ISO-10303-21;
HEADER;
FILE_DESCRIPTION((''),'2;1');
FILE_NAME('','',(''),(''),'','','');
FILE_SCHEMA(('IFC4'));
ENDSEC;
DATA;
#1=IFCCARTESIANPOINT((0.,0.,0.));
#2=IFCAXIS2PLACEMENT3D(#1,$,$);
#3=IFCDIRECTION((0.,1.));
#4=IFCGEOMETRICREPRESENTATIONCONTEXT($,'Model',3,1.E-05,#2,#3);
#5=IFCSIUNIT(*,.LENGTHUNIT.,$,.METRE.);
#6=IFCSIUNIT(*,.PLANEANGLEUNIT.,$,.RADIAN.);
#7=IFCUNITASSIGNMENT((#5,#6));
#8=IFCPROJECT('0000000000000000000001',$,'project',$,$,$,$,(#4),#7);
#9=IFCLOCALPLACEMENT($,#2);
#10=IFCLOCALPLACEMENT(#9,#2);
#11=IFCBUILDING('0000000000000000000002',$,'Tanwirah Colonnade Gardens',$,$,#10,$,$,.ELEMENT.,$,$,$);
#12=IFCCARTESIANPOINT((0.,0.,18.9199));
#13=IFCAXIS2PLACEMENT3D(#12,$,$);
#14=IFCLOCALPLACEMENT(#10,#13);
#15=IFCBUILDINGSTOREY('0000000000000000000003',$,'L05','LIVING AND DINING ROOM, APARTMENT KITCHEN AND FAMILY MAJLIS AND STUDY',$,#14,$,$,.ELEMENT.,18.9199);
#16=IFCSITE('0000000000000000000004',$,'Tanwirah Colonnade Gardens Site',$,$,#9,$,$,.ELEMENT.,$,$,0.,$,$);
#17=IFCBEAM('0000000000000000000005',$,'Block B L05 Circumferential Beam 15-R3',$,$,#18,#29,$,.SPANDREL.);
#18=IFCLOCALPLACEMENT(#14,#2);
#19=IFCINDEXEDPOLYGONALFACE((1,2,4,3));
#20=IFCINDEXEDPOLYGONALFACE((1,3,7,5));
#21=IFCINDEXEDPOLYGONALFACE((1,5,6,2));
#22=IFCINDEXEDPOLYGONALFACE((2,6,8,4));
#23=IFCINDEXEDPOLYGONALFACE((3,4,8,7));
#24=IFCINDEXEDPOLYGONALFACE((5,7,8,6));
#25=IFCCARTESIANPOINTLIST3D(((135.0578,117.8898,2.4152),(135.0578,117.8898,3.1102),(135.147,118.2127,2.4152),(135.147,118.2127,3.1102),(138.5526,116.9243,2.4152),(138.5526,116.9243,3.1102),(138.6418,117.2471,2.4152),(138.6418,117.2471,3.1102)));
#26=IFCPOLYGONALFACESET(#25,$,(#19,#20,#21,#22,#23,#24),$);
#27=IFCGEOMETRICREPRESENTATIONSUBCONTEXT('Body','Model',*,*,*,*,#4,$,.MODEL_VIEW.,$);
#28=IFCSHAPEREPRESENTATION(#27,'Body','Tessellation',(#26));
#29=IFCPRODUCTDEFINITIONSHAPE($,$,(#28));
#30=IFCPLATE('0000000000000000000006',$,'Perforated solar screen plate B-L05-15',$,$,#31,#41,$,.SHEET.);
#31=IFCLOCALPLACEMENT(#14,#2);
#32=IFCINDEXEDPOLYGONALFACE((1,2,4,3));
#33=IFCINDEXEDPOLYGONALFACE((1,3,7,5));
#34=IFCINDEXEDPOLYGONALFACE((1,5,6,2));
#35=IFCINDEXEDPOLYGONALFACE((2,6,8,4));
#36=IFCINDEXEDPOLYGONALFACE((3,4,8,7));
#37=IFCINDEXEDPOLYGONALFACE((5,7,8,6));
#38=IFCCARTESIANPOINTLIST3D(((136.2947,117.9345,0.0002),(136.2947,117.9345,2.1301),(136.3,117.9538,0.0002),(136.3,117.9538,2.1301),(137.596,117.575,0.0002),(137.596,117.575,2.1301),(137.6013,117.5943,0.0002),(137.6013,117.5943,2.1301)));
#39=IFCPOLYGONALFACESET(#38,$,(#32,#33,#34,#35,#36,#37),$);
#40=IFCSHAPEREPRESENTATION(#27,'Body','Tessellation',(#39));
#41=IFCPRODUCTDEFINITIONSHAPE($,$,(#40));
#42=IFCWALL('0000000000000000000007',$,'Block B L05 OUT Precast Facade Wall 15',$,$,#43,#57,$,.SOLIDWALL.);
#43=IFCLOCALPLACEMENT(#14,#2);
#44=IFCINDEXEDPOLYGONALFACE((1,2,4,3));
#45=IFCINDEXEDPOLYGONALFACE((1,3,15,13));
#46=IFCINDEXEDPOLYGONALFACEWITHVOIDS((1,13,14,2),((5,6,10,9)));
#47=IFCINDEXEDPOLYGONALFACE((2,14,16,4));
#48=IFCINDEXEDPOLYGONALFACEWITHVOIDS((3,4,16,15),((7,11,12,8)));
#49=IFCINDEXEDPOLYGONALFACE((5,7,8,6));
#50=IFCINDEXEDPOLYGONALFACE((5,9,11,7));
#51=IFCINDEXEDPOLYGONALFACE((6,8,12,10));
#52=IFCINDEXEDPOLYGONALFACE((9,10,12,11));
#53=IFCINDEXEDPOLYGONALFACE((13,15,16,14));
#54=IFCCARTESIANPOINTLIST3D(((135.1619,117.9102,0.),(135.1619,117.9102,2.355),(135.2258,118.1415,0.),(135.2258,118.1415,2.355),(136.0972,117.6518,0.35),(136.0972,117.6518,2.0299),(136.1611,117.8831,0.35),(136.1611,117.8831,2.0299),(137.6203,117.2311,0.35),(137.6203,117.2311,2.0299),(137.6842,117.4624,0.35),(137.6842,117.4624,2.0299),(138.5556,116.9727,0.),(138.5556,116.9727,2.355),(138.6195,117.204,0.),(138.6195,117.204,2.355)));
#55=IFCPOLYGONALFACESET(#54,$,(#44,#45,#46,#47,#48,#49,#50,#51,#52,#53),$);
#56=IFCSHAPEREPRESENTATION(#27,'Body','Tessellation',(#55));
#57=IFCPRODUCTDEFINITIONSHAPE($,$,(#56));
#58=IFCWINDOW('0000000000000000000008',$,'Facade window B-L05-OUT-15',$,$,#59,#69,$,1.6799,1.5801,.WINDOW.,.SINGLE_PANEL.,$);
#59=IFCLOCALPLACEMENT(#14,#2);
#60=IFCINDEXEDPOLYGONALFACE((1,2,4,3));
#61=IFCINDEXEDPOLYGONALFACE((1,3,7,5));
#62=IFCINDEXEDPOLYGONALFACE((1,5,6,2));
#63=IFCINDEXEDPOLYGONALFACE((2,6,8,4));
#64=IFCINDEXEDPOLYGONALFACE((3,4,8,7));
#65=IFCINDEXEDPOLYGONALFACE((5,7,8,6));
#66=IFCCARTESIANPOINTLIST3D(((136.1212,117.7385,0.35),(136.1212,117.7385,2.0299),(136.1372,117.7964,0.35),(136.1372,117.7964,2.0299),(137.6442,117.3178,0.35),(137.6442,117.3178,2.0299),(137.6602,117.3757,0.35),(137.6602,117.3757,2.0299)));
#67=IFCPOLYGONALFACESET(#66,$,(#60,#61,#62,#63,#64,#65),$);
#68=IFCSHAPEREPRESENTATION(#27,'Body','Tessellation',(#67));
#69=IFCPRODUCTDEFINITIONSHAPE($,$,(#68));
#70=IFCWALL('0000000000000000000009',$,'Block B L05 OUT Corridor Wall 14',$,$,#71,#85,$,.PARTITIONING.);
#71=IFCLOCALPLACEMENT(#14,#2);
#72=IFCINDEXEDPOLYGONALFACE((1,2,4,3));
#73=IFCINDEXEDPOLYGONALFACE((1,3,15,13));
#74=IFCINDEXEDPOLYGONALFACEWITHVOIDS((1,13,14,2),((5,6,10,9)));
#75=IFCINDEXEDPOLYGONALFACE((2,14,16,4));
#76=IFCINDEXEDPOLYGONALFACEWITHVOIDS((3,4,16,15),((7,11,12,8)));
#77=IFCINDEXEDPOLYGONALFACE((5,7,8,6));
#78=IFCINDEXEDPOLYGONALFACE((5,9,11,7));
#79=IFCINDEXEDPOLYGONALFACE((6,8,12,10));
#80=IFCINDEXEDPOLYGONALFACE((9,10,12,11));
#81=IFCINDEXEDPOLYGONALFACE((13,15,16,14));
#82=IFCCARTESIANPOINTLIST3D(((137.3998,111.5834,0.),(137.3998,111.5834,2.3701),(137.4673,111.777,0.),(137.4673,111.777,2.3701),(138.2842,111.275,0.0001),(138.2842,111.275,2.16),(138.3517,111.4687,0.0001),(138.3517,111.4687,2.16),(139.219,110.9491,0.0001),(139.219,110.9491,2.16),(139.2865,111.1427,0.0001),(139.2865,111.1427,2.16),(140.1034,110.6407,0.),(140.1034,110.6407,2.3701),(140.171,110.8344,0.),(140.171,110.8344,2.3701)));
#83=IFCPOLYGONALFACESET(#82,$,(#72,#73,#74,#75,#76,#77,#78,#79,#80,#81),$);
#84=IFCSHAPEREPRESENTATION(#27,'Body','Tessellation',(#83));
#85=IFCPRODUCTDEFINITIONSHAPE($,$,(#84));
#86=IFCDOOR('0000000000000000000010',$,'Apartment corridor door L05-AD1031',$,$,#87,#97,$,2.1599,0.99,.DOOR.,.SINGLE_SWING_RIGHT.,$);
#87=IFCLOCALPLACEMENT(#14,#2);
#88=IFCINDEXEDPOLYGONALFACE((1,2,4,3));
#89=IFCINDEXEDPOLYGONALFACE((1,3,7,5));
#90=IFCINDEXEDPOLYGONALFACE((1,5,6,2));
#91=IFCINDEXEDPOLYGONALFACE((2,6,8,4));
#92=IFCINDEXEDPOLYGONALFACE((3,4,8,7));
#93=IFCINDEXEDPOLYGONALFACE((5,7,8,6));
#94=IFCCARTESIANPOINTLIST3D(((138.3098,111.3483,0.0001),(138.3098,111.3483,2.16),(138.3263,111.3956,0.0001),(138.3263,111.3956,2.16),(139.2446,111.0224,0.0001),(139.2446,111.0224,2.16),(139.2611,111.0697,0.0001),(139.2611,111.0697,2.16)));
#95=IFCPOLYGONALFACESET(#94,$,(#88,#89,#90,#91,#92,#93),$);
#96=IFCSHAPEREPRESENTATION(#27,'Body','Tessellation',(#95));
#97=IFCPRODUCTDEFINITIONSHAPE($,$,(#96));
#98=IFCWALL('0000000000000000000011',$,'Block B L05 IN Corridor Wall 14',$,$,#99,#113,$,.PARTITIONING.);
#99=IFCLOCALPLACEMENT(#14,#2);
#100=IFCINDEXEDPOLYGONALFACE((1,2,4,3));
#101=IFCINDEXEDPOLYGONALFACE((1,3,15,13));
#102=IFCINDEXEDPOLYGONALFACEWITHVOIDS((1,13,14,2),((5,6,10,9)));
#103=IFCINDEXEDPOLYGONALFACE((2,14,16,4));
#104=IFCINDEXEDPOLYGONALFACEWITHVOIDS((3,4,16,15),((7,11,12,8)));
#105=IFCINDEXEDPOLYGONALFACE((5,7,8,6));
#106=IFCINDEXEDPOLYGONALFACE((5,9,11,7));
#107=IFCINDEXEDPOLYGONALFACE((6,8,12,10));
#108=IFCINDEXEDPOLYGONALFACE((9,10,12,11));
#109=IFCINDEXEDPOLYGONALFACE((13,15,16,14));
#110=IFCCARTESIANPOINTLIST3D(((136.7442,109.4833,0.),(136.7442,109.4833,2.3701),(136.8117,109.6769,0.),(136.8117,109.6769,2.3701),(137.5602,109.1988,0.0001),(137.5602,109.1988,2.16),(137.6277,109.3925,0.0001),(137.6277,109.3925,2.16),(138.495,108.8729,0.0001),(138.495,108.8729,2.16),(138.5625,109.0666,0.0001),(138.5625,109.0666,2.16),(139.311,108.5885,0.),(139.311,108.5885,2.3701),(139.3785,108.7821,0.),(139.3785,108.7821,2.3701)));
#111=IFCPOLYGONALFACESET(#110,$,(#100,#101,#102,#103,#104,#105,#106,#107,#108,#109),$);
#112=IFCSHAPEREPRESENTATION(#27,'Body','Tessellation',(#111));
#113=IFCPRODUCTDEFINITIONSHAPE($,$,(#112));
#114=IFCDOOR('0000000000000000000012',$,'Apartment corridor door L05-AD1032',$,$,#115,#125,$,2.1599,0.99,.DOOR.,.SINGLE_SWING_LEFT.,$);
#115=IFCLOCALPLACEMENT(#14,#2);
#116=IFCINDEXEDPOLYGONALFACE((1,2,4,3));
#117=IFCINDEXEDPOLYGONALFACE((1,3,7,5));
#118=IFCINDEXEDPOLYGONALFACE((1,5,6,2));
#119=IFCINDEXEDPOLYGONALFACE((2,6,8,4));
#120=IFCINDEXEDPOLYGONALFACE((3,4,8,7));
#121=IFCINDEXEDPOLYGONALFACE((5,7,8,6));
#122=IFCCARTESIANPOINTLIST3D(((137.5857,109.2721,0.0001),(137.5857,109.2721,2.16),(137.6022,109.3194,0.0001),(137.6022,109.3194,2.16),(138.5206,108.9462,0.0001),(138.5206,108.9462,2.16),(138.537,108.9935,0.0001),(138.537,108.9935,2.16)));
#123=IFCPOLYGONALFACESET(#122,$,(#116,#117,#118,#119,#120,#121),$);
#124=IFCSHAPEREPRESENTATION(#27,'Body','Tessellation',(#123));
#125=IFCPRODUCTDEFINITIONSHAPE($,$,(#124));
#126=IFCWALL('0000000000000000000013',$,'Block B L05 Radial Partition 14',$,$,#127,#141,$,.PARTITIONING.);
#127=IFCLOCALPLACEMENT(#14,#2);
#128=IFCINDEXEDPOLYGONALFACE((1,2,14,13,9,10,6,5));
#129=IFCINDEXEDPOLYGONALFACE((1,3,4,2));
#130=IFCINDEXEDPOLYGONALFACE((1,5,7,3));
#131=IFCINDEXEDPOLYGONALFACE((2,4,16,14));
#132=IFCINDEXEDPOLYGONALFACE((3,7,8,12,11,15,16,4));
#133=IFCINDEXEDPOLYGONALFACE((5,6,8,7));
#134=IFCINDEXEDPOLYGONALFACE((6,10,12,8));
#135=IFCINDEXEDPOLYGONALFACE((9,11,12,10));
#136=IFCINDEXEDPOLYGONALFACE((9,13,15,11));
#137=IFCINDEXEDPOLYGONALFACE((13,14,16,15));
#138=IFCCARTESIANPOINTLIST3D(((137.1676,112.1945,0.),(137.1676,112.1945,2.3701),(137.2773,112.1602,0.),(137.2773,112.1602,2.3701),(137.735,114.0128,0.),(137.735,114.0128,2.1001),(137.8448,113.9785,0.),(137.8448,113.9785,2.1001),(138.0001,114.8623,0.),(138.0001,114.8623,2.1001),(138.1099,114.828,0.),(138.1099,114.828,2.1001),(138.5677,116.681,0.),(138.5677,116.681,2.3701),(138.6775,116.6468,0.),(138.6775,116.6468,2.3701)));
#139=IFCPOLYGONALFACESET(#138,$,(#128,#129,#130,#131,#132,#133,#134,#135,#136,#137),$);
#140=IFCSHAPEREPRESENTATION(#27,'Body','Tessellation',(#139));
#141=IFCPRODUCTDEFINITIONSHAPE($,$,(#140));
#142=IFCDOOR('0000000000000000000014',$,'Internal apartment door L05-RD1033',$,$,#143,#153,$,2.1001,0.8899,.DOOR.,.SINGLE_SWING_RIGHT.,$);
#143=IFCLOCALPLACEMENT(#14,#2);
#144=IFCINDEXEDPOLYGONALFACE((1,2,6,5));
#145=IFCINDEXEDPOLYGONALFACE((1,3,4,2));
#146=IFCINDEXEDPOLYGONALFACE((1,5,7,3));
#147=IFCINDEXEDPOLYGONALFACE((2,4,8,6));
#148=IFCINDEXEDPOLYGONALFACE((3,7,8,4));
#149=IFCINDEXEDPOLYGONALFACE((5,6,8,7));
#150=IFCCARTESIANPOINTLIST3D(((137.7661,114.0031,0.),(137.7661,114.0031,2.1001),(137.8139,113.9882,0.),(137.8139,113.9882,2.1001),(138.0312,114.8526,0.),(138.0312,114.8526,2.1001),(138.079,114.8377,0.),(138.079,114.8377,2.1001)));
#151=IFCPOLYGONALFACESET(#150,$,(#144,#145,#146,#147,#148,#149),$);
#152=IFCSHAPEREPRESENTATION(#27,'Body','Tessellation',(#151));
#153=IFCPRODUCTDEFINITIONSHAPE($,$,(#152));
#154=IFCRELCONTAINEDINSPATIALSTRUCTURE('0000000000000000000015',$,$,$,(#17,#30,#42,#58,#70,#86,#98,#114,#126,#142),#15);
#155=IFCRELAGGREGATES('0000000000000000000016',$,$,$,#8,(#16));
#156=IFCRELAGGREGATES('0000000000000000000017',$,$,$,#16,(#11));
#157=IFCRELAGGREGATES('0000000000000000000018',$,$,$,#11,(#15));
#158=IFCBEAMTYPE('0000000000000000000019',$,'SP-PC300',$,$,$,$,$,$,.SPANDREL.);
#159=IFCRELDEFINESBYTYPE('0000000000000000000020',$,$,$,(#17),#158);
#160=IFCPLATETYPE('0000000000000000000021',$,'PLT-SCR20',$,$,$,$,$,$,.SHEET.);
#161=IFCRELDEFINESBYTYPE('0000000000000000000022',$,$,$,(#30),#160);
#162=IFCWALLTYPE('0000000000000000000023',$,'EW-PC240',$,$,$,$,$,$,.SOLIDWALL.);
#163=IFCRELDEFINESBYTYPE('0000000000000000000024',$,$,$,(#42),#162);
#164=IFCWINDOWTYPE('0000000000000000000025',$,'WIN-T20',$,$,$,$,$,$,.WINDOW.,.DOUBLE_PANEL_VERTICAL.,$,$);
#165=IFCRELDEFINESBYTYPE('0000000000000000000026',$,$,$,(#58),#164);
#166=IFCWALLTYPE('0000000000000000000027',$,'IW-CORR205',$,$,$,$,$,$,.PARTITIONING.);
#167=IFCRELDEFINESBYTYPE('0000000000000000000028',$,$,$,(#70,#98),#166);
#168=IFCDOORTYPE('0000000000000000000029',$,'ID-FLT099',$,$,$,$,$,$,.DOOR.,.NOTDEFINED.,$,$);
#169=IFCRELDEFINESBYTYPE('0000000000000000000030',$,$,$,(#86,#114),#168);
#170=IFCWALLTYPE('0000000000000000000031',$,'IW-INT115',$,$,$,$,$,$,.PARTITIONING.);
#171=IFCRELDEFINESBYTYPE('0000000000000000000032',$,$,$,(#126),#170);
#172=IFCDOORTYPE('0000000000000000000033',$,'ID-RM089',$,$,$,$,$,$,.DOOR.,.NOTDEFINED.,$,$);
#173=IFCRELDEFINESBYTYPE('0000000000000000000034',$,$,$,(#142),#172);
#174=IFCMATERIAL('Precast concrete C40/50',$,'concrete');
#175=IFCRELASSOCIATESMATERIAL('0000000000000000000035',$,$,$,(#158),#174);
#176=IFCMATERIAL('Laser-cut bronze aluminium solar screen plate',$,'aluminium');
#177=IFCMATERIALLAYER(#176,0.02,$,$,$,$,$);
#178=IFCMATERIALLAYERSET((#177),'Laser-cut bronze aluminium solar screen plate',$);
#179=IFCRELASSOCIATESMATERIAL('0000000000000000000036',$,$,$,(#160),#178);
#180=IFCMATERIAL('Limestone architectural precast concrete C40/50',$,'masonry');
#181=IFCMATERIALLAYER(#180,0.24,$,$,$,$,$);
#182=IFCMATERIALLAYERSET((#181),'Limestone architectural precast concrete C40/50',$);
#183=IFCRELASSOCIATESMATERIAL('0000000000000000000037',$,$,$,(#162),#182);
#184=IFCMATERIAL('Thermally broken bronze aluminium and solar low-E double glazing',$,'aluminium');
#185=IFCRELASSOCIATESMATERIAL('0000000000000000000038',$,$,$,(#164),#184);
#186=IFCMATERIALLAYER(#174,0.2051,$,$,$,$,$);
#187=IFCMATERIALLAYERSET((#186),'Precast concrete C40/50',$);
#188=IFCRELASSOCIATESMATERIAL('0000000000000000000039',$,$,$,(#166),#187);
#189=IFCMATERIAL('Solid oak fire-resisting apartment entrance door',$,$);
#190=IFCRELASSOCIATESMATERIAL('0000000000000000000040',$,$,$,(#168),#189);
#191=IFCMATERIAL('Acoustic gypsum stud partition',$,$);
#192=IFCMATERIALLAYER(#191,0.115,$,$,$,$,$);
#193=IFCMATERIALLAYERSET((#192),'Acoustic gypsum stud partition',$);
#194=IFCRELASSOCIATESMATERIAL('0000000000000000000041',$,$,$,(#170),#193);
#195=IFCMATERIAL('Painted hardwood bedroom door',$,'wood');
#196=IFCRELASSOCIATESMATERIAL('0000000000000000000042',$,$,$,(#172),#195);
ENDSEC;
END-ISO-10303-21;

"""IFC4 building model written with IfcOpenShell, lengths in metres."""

from ifc_helpers import new_model, si_unit, direction, frame, frame_2d, origin, origin_2d, place, context, subcontext, project, spatial, rectangle, extrude, material, layer, layer_set, material_profile, profile_set, type_object, element, fill, save


model = new_model("IFC4")

# Units and contexts
model_context = context("Model", 3, precision=1e-05, world=origin(), true_north=direction((0.0, 1.0)))
body_context = subcontext(model_context, "Body", "Model", "MODEL_VIEW")
ifc_project = project(units=[si_unit("LENGTHUNIT", "METRE"), si_unit("PLANEANGLEUNIT", "RADIAN")], contexts=[model_context])

# Site, building, storey
site_placement = place(None, origin())
site = spatial("IfcSite", under=ifc_project, at=site_placement, Name="Tanwirah Colonnade Gardens Site", CompositionType="ELEMENT", RefElevation=0.0)
building_placement = place(site_placement, origin())
building = spatial("IfcBuilding", under=site, at=building_placement, Name="Tanwirah Colonnade Gardens", CompositionType="ELEMENT")
storey_placement = place(building_placement, frame((0.0, 0.0, 18.9199)))
storey = spatial("IfcBuildingStorey", under=building, at=storey_placement, Name="L05", Description="LIVING AND DINING ROOM, APARTMENT KITCHEN AND FAMILY MAJLIS AND STUDY", CompositionType="ELEMENT", Elevation=18.9199)

# Shared definitions
ifc_material_1 = material(Name="Precast concrete C40/50", Category="concrete")

# Beam
ifc_material_profile_1 = material_profile(ifc_material_1, rectangle(XDim=0.335, YDim=0.6951, at=origin_2d()), Name="PC-SP 335x695")
ifc_profile_set_1 = profile_set([ifc_material_profile_1], Name="Precast concrete C40/50")
beam_type_1 = type_object("IfcBeamType", Name="SP-PC300", PredefinedType="SPANDREL", material=ifc_profile_set_1)
beam_1_placement = place(storey_placement, frame((138.5972, 117.0857, 2.7627), z_axis=(-0.963888, 0.266307, 0.0), x_axis=(-0.266307, -0.963888, 0.0)))
element("IfcBeam", 1, at=beam_1_placement, inside=storey, type_object=beam_type_1, Name="Block B L05 Circumferential Beam 15-R3", PredefinedType="SPANDREL", context=body_context, shape_type="SweptSolid", body=[
    extrude(rectangle(XDim=0.335, YDim=0.6951, at=origin_2d()), origin(), (0.0, 0.0, 1.0), 3.6257),
])

# Plate
ifc_material_2 = material(Name="Laser-cut bronze aluminium solar screen plate", Category="aluminium")
ifc_layer_1 = layer(ifc_material_2, 0.02)
ifc_layer_set_1 = layer_set([ifc_layer_1], Name="Laser-cut bronze aluminium solar screen plate")
plate_type = type_object("IfcPlateType", Name="PLT-SCR20", PredefinedType="SHEET", material=ifc_layer_set_1)
plate_placement = place(storey_placement, frame((136.948, 117.7644, 0.0002), z_axis=(0.0, 0.0, 1.0), x_axis=(-0.963889, 0.266305, 0.0)))
element("IfcPlate", 2, at=plate_placement, inside=storey, type_object=plate_type, Name="Perforated solar screen plate B-L05-15", PredefinedType="SHEET", context=body_context, shape_type="SweptSolid", body=[
    extrude(rectangle(XDim=1.3501, YDim=0.02, at=origin_2d()), origin(), (0.0, 0.0, 1.0), 2.1299),
])

# Wall, opening, window
ifc_material_3 = material(Name="Limestone architectural precast concrete C40/50", Category="masonry")
ifc_layer_2 = layer(ifc_material_3, 0.24)
ifc_layer_set_2 = layer_set([ifc_layer_2], Name="Limestone architectural precast concrete C40/50")
wall_type_1 = type_object("IfcWallType", Name="EW-PC240", PredefinedType="SOLIDWALL", material=ifc_layer_set_2)
wall_1_placement = place(storey_placement, frame((138.5874, 117.0884, 0.0), z_axis=(0.0, 0.0, 1.0), x_axis=(-0.963894, 0.266285, 0.0)))
wall_1 = element("IfcWall", 3, at=wall_1_placement, inside=storey, type_object=wall_type_1, Name="Block B L05 OUT Precast Facade Wall 15", PredefinedType="SOLIDWALL", context=body_context, shape_type="SweptSolid", body=[
    extrude(rectangle(XDim=3.5208, YDim=0.24, at=frame_2d((1.7603, 0.0))), origin(), (0.0, 0.0, 1.0), 2.355),
])
opening_1_placement = place(wall_1_placement, frame((0.9702, 0.0, 0.3501)))
opening_1 = element("IfcOpeningElement", 4, at=opening_1_placement, cuts=wall_1, PredefinedType="OPENING", context=body_context, shape_type="SweptSolid", body=[
    extrude(rectangle(XDim=1.5801, YDim=1.6799, at=frame_2d((0.79, 0.8398))), frame((0.0, 0.1299, 0.0), z_axis=(0.0, -1.0, 0.0), x_axis=(1.0, 0.0, 0.0)), (0.0, 0.0, 1.0), 0.26),
])
ifc_material_4 = material(Name="Thermally broken bronze aluminium and solar low-E double glazing", Category="aluminium")
window_type = type_object("IfcWindowType", Name="WIN-T20", PartitioningType="DOUBLE_PANEL_VERTICAL", PredefinedType="WINDOW", material=ifc_material_4)
window_placement = place(opening_1_placement, origin())
window = element("IfcWindow", 5, at=window_placement, inside=storey, type_object=window_type, Name="Facade window B-L05-OUT-15", OverallHeight=1.6799, OverallWidth=1.5801, PartitioningType="SINGLE_PANEL", PredefinedType="WINDOW", context=body_context, shape_type="SweptSolid", body=[
    extrude(rectangle(XDim=1.5801, YDim=1.6799, at=frame_2d((0.79, 0.8398))), frame((0.0, 0.03, 0.0), z_axis=(0.0, -1.0, 0.0), x_axis=(1.0, 0.0, 0.0)), (0.0, 0.0, 1.0), 0.0601),
])
fill(opening_1, window)

# Walls, openings, doors
ifc_layer_3 = layer(ifc_material_1, 0.2051)
ifc_layer_set_3 = layer_set([ifc_layer_3], Name="Precast concrete C40/50")
wall_type_2 = type_object("IfcWallType", Name="IW-CORR205", PredefinedType="PARTITIONING", material=ifc_layer_set_3)
wall_2_placement = place(storey_placement, frame((140.1372, 110.7375, 0.0), z_axis=(0.0, 0.0, 1.0), x_axis=(-0.944254, 0.329218, 0.0)))
wall_2 = element("IfcWall", 6, at=wall_2_placement, inside=storey, type_object=wall_type_2, Name="Block B L05 OUT Corridor Wall 14", PredefinedType="PARTITIONING", context=body_context, shape_type="SweptSolid", body=[
    extrude(rectangle(XDim=2.8633, YDim=0.2051, at=frame_2d((1.4316, 0.0))), origin(), (0.0, 0.0, 1.0), 2.3701),
])
opening_2_placement = place(wall_2_placement, frame((0.9365, 0.0, 0.0)))
opening_2 = element("IfcOpeningElement", 7, at=opening_2_placement, cuts=wall_2, PredefinedType="OPENING", context=body_context, shape_type="SweptSolid", body=[
    extrude(rectangle(XDim=0.99, YDim=2.1599, at=frame_2d((0.4951, 1.0801))), frame((0.0, 0.1125, 0.0), z_axis=(0.0, -1.0, 0.0), x_axis=(1.0, 0.0, 0.0)), (0.0, 0.0, 1.0), 0.2251),
])
ifc_material_5 = material(Name="Solid oak fire-resisting apartment entrance door")
door_type_1 = type_object("IfcDoorType", Name="ID-FLT099", OperationType="NOTDEFINED", PredefinedType="DOOR", material=ifc_material_5)
door_1_placement = place(opening_2_placement, origin())
door_1 = element("IfcDoor", 8, at=door_1_placement, inside=storey, type_object=door_type_1, Name="Apartment corridor door L05-AD1031", OperationType="SINGLE_SWING_RIGHT", OverallHeight=2.1599, OverallWidth=0.99, PredefinedType="DOOR", context=body_context, shape_type="SweptSolid", body=[
    extrude(rectangle(XDim=0.99, YDim=2.1599, at=frame_2d((0.4951, 1.0801))), frame((0.0, 0.0249, 0.0), z_axis=(0.0, -1.0, 0.0), x_axis=(1.0, 0.0, 0.0)), (0.0, 0.0, 1.0), 0.05),
])
fill(opening_2, door_1)
wall_3_placement = place(storey_placement, frame((139.3447, 108.6853, 0.0), z_axis=(0.0, 0.0, 1.0), x_axis=(-0.944265, 0.329186, 0.0)))
wall_3 = element("IfcWall", 9, at=wall_3_placement, inside=storey, type_object=wall_type_2, Name="Block B L05 IN Corridor Wall 14", PredefinedType="PARTITIONING", context=body_context, shape_type="SweptSolid", body=[
    extrude(rectangle(XDim=2.7183, YDim=0.2051, at=frame_2d((1.3591, 0.0))), origin(), (0.0, 0.0, 1.0), 2.3701),
])
opening_3_placement = place(wall_3_placement, frame((0.864, 0.0, 0.0)))
opening_3 = element("IfcOpeningElement", 10, at=opening_3_placement, cuts=wall_3, PredefinedType="OPENING", context=body_context, shape_type="SweptSolid", body=[
    extrude(rectangle(XDim=0.99, YDim=2.1599, at=frame_2d((0.4951, 1.0801))), frame((0.0, 0.1125, 0.0), z_axis=(0.0, -1.0, 0.0), x_axis=(1.0, 0.0, 0.0)), (0.0, 0.0, 1.0), 0.2251),
])
door_2_placement = place(opening_3_placement, origin())
door_2 = element("IfcDoor", 11, at=door_2_placement, inside=storey, type_object=door_type_1, Name="Apartment corridor door L05-AD1032", OperationType="SINGLE_SWING_LEFT", OverallHeight=2.1599, OverallWidth=0.99, PredefinedType="DOOR", context=body_context, shape_type="SweptSolid", body=[
    extrude(rectangle(XDim=0.99, YDim=2.1599, at=frame_2d((0.4951, 1.0801))), frame((0.0, 0.0249, 0.0), z_axis=(0.0, -1.0, 0.0), x_axis=(1.0, 0.0, 0.0)), (0.0, 0.0, 1.0), 0.05),
])
fill(opening_3, door_2)
ifc_material_6 = material(Name="Acoustic gypsum stud partition")
ifc_layer_4 = layer(ifc_material_6, 0.115)
ifc_layer_set_4 = layer_set([ifc_layer_4], Name="Acoustic gypsum stud partition")
wall_type_3 = type_object("IfcWallType", Name="IW-INT115", PredefinedType="PARTITIONING", material=ifc_layer_set_4)
wall_4_placement = place(storey_placement, frame((137.2224, 112.1772, 0.0), z_axis=(0.0, 0.0, 1.0), x_axis=(0.297905, 0.954595, 0.0)))
wall_4 = element("IfcWall", 12, at=wall_4_placement, inside=storey, type_object=wall_type_3, Name="Block B L05 Radial Partition 14", PredefinedType="PARTITIONING", context=body_context, shape_type="SweptSolid", body=[
    extrude(rectangle(XDim=4.7, YDim=0.115, at=frame_2d((2.3501, 0.0))), origin(), (0.0, 0.0, 1.0), 2.3701),
])
opening_4_placement = place(wall_4_placement, frame((1.905, 0.0, 0.0)))
opening_4 = element("IfcOpeningElement", 13, at=opening_4_placement, cuts=wall_4, PredefinedType="OPENING", context=body_context, shape_type="SweptSolid", body=[
    extrude(rectangle(XDim=0.8899, YDim=2.1001, at=frame_2d((0.4448, 1.05))), frame((0.0, 0.0674, 0.0), z_axis=(0.0, -1.0, 0.0), x_axis=(1.0, 0.0, 0.0)), (0.0, 0.0, 1.0), 0.135),
])
ifc_material_7 = material(Name="Painted hardwood bedroom door", Category="wood")
door_type_2 = type_object("IfcDoorType", Name="ID-RM089", OperationType="NOTDEFINED", PredefinedType="DOOR", material=ifc_material_7)
door_3_placement = place(opening_4_placement, origin())
door_3 = element("IfcDoor", 14, at=door_3_placement, inside=storey, type_object=door_type_2, Name="Internal apartment door L05-RD1033", OperationType="SINGLE_SWING_RIGHT", OverallHeight=2.1001, OverallWidth=0.8899, PredefinedType="DOOR", context=body_context, shape_type="SweptSolid", body=[
    extrude(rectangle(XDim=0.8899, YDim=2.1001, at=frame_2d((0.4448, 1.05))), frame((0.0, 0.0249, 0.0), z_axis=(0.0, -1.0, 0.0), x_axis=(1.0, 0.0, 0.0)), (0.0, 0.0, 1.0), 0.05),
])
fill(opening_4, door_3)

save(model, "model.ifc")
